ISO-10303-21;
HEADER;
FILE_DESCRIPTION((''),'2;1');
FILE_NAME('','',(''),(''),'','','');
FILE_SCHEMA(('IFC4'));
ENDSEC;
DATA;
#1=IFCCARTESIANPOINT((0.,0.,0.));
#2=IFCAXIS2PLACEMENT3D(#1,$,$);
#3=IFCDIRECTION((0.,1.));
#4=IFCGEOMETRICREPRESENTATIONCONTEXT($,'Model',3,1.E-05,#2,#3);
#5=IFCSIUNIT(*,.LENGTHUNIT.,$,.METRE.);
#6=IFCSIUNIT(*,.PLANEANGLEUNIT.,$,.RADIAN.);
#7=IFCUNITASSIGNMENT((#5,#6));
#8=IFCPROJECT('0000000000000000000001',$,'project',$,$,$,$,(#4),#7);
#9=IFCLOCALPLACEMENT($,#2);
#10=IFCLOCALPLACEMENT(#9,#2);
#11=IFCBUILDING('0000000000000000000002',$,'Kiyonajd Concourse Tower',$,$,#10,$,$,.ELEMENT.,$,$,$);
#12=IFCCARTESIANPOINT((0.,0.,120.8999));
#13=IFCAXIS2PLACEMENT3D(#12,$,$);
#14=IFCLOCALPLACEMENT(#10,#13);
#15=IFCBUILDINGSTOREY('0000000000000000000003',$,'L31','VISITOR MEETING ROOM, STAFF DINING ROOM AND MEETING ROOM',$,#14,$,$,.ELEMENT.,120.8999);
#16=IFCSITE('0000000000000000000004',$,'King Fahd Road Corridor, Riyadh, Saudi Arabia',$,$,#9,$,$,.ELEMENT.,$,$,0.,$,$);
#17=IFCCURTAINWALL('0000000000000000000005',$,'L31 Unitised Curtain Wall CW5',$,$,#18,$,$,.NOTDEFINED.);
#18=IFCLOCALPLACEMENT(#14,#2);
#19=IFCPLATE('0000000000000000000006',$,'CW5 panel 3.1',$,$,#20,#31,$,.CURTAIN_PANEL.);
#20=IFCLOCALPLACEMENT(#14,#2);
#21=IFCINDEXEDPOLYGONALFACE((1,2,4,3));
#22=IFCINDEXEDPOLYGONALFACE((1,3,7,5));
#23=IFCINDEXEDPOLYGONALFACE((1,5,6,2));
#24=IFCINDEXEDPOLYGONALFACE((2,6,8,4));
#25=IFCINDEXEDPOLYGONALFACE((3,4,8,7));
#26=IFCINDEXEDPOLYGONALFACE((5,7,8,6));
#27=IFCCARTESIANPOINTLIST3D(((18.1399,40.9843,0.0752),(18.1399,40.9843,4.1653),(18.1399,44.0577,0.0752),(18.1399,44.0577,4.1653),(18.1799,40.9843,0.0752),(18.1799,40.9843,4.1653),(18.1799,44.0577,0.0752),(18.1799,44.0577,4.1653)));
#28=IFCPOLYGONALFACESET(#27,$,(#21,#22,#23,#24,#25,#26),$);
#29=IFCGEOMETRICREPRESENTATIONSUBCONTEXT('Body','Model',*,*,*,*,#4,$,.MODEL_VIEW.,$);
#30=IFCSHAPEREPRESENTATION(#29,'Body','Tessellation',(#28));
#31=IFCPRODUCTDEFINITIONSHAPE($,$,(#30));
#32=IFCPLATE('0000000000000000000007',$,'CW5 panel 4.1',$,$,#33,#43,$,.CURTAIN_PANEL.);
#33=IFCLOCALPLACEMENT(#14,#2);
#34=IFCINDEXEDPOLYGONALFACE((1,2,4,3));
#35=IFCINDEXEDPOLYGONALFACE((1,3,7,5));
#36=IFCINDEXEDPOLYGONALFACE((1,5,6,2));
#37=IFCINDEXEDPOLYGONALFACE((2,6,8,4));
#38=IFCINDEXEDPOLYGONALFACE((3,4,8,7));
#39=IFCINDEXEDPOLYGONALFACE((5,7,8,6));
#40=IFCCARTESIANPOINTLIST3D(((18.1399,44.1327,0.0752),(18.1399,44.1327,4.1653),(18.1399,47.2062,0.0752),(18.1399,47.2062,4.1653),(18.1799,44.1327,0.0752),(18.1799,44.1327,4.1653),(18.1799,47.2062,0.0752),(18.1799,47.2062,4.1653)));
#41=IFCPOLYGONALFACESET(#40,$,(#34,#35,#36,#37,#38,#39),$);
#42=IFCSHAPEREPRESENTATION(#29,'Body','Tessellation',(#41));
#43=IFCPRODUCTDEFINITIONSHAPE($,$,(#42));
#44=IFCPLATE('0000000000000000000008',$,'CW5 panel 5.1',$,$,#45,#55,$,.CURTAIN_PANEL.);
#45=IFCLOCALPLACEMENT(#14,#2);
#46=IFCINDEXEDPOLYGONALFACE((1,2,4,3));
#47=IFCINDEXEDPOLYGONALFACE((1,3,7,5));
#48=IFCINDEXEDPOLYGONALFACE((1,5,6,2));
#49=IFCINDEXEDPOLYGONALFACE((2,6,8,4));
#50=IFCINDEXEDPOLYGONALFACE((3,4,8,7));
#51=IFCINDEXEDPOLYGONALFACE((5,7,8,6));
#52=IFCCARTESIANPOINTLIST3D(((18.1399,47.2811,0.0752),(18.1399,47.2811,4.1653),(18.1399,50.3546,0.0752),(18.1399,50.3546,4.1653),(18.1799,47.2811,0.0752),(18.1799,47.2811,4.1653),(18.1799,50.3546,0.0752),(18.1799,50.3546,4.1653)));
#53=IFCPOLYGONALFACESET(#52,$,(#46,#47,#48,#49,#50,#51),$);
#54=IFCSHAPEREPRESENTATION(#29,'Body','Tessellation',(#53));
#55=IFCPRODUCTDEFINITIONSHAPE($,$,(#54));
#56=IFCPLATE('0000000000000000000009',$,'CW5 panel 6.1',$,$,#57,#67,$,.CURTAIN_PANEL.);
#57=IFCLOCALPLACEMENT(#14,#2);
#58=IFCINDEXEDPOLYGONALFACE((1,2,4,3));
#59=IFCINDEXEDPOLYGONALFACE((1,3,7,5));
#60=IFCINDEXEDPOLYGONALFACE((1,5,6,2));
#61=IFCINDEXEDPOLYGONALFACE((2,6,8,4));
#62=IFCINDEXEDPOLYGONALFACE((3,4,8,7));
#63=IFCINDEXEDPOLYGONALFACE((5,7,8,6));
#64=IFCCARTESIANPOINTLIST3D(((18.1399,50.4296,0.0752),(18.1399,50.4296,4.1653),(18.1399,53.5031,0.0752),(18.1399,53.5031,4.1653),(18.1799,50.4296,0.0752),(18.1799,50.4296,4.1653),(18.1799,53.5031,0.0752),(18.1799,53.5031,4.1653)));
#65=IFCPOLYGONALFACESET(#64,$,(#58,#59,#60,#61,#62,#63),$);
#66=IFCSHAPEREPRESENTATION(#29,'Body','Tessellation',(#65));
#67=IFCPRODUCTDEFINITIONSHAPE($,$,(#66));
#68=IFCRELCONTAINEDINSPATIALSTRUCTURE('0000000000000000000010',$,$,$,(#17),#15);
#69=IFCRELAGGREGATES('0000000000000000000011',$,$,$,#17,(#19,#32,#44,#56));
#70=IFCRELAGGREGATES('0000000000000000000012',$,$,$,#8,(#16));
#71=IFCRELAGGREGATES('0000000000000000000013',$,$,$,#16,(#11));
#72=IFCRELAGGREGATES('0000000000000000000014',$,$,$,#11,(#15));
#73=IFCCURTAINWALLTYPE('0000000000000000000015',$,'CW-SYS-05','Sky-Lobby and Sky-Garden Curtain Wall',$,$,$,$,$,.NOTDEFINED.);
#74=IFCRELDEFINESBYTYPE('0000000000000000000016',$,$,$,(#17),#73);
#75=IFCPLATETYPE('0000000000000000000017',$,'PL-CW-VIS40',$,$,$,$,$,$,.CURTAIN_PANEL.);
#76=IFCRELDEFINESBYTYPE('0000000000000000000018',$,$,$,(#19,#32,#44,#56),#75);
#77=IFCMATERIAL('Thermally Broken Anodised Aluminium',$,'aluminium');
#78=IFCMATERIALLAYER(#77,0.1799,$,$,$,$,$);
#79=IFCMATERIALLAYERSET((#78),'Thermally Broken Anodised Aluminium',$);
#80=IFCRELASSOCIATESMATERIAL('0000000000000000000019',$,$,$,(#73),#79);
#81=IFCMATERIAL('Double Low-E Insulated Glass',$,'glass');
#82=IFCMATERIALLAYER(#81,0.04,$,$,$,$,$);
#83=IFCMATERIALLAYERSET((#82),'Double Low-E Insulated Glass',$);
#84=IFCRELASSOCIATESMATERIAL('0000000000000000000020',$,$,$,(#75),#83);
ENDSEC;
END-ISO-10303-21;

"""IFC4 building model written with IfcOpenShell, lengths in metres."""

from ifc_helpers import new_model, si_unit, direction, frame, origin, origin_2d, place, context, subcontext, project, spatial, rectangle, extrude, material, layer, layer_set, type_object, element, aggregate, save


model = new_model("IFC4")

# Units and contexts
model_context = context("Model", 3, precision=1e-05, world=origin(), true_north=direction((0.0, 1.0)))
body_context = subcontext(model_context, "Body", "Model", "MODEL_VIEW")
ifc_project = project(units=[si_unit("LENGTHUNIT", "METRE"), si_unit("PLANEANGLEUNIT", "RADIAN")], contexts=[model_context])

# Site, building, storey
site_placement = place(None, origin())
site = spatial("IfcSite", under=ifc_project, at=site_placement, Name="King Fahd Road Corridor, Riyadh, Saudi Arabia", CompositionType="ELEMENT", RefElevation=0.0)
building_placement = place(site_placement, origin())
building = spatial("IfcBuilding", under=site, at=building_placement, Name="Kiyonajd Concourse Tower", CompositionType="ELEMENT")
storey_placement = place(building_placement, frame((0.0, 0.0, 120.8999)))
storey = spatial("IfcBuildingStorey", under=building, at=storey_placement, Name="L31", Description="VISITOR MEETING ROOM, STAFF DINING ROOM AND MEETING ROOM", CompositionType="ELEMENT", Elevation=120.8999)

# Curtain wall, plates
ifc_material_1 = material(Name="Thermally Broken Anodised Aluminium", Category="aluminium")
ifc_layer_1 = layer(ifc_material_1, 0.1799)
ifc_layer_set_1 = layer_set([ifc_layer_1], Name="Thermally Broken Anodised Aluminium")
curtain_wall_type = type_object("IfcCurtainWallType", Name="CW-SYS-05", Description="Sky-Lobby and Sky-Garden Curtain Wall", PredefinedType="NOTDEFINED", material=ifc_layer_set_1)
curtain_wall_placement = place(storey_placement, origin())
curtain_wall = element("IfcCurtainWall", 1, at=curtain_wall_placement, inside=storey, type_object=curtain_wall_type, Name="L31 Unitised Curtain Wall CW5", PredefinedType="NOTDEFINED")
ifc_material_2 = material(Name="Double Low-E Insulated Glass", Category="glass")
ifc_layer_2 = layer(ifc_material_2, 0.04)
ifc_layer_set_2 = layer_set([ifc_layer_2], Name="Double Low-E Insulated Glass")
plate_type = type_object("IfcPlateType", Name="PL-CW-VIS40", PredefinedType="CURTAIN_PANEL", material=ifc_layer_set_2)
plate_1_placement = place(storey_placement, frame((18.1599, 42.521, 0.0752), z_axis=(0.0, 0.0, 1.0), x_axis=(0.0, 1.0, 0.0)))
plate_1 = element("IfcPlate", 2, at=plate_1_placement, type_object=plate_type, Name="CW5 panel 3.1", PredefinedType="CURTAIN_PANEL", context=body_context, shape_type="SweptSolid", body=[
    extrude(rectangle(XDim=3.0735, YDim=0.04, at=origin_2d()), origin(), (0.0, 0.0, 1.0), 4.0901),
])
plate_2_placement = place(storey_placement, frame((18.1599, 45.6694, 0.0752), z_axis=(0.0, 0.0, 1.0), x_axis=(0.0, 1.0, 0.0)))
plate_2 = element("IfcPlate", 3, at=plate_2_placement, type_object=plate_type, Name="CW5 panel 4.1", PredefinedType="CURTAIN_PANEL", context=body_context, shape_type="SweptSolid", body=[
    extrude(rectangle(XDim=3.0735, YDim=0.04, at=origin_2d()), origin(), (0.0, 0.0, 1.0), 4.0901),
])
plate_3_placement = place(storey_placement, frame((18.1599, 48.8179, 0.0752), z_axis=(0.0, 0.0, 1.0), x_axis=(0.0, 1.0, 0.0)))
plate_3 = element("IfcPlate", 4, at=plate_3_placement, type_object=plate_type, Name="CW5 panel 5.1", PredefinedType="CURTAIN_PANEL", context=body_context, shape_type="SweptSolid", body=[
    extrude(rectangle(XDim=3.0735, YDim=0.04, at=origin_2d()), origin(), (0.0, 0.0, 1.0), 4.0901),
])
plate_4_placement = place(storey_placement, frame((18.1599, 51.9663, 0.0752), z_axis=(0.0, 0.0, 1.0), x_axis=(0.0, 1.0, 0.0)))
plate_4 = element("IfcPlate", 5, at=plate_4_placement, type_object=plate_type, Name="CW5 panel 6.1", PredefinedType="CURTAIN_PANEL", context=body_context, shape_type="SweptSolid", body=[
    extrude(rectangle(XDim=3.0735, YDim=0.04, at=origin_2d()), origin(), (0.0, 0.0, 1.0), 4.0901),
])
aggregate(curtain_wall, [plate_1, plate_2, plate_3, plate_4])

save(model, "model.ifc")
